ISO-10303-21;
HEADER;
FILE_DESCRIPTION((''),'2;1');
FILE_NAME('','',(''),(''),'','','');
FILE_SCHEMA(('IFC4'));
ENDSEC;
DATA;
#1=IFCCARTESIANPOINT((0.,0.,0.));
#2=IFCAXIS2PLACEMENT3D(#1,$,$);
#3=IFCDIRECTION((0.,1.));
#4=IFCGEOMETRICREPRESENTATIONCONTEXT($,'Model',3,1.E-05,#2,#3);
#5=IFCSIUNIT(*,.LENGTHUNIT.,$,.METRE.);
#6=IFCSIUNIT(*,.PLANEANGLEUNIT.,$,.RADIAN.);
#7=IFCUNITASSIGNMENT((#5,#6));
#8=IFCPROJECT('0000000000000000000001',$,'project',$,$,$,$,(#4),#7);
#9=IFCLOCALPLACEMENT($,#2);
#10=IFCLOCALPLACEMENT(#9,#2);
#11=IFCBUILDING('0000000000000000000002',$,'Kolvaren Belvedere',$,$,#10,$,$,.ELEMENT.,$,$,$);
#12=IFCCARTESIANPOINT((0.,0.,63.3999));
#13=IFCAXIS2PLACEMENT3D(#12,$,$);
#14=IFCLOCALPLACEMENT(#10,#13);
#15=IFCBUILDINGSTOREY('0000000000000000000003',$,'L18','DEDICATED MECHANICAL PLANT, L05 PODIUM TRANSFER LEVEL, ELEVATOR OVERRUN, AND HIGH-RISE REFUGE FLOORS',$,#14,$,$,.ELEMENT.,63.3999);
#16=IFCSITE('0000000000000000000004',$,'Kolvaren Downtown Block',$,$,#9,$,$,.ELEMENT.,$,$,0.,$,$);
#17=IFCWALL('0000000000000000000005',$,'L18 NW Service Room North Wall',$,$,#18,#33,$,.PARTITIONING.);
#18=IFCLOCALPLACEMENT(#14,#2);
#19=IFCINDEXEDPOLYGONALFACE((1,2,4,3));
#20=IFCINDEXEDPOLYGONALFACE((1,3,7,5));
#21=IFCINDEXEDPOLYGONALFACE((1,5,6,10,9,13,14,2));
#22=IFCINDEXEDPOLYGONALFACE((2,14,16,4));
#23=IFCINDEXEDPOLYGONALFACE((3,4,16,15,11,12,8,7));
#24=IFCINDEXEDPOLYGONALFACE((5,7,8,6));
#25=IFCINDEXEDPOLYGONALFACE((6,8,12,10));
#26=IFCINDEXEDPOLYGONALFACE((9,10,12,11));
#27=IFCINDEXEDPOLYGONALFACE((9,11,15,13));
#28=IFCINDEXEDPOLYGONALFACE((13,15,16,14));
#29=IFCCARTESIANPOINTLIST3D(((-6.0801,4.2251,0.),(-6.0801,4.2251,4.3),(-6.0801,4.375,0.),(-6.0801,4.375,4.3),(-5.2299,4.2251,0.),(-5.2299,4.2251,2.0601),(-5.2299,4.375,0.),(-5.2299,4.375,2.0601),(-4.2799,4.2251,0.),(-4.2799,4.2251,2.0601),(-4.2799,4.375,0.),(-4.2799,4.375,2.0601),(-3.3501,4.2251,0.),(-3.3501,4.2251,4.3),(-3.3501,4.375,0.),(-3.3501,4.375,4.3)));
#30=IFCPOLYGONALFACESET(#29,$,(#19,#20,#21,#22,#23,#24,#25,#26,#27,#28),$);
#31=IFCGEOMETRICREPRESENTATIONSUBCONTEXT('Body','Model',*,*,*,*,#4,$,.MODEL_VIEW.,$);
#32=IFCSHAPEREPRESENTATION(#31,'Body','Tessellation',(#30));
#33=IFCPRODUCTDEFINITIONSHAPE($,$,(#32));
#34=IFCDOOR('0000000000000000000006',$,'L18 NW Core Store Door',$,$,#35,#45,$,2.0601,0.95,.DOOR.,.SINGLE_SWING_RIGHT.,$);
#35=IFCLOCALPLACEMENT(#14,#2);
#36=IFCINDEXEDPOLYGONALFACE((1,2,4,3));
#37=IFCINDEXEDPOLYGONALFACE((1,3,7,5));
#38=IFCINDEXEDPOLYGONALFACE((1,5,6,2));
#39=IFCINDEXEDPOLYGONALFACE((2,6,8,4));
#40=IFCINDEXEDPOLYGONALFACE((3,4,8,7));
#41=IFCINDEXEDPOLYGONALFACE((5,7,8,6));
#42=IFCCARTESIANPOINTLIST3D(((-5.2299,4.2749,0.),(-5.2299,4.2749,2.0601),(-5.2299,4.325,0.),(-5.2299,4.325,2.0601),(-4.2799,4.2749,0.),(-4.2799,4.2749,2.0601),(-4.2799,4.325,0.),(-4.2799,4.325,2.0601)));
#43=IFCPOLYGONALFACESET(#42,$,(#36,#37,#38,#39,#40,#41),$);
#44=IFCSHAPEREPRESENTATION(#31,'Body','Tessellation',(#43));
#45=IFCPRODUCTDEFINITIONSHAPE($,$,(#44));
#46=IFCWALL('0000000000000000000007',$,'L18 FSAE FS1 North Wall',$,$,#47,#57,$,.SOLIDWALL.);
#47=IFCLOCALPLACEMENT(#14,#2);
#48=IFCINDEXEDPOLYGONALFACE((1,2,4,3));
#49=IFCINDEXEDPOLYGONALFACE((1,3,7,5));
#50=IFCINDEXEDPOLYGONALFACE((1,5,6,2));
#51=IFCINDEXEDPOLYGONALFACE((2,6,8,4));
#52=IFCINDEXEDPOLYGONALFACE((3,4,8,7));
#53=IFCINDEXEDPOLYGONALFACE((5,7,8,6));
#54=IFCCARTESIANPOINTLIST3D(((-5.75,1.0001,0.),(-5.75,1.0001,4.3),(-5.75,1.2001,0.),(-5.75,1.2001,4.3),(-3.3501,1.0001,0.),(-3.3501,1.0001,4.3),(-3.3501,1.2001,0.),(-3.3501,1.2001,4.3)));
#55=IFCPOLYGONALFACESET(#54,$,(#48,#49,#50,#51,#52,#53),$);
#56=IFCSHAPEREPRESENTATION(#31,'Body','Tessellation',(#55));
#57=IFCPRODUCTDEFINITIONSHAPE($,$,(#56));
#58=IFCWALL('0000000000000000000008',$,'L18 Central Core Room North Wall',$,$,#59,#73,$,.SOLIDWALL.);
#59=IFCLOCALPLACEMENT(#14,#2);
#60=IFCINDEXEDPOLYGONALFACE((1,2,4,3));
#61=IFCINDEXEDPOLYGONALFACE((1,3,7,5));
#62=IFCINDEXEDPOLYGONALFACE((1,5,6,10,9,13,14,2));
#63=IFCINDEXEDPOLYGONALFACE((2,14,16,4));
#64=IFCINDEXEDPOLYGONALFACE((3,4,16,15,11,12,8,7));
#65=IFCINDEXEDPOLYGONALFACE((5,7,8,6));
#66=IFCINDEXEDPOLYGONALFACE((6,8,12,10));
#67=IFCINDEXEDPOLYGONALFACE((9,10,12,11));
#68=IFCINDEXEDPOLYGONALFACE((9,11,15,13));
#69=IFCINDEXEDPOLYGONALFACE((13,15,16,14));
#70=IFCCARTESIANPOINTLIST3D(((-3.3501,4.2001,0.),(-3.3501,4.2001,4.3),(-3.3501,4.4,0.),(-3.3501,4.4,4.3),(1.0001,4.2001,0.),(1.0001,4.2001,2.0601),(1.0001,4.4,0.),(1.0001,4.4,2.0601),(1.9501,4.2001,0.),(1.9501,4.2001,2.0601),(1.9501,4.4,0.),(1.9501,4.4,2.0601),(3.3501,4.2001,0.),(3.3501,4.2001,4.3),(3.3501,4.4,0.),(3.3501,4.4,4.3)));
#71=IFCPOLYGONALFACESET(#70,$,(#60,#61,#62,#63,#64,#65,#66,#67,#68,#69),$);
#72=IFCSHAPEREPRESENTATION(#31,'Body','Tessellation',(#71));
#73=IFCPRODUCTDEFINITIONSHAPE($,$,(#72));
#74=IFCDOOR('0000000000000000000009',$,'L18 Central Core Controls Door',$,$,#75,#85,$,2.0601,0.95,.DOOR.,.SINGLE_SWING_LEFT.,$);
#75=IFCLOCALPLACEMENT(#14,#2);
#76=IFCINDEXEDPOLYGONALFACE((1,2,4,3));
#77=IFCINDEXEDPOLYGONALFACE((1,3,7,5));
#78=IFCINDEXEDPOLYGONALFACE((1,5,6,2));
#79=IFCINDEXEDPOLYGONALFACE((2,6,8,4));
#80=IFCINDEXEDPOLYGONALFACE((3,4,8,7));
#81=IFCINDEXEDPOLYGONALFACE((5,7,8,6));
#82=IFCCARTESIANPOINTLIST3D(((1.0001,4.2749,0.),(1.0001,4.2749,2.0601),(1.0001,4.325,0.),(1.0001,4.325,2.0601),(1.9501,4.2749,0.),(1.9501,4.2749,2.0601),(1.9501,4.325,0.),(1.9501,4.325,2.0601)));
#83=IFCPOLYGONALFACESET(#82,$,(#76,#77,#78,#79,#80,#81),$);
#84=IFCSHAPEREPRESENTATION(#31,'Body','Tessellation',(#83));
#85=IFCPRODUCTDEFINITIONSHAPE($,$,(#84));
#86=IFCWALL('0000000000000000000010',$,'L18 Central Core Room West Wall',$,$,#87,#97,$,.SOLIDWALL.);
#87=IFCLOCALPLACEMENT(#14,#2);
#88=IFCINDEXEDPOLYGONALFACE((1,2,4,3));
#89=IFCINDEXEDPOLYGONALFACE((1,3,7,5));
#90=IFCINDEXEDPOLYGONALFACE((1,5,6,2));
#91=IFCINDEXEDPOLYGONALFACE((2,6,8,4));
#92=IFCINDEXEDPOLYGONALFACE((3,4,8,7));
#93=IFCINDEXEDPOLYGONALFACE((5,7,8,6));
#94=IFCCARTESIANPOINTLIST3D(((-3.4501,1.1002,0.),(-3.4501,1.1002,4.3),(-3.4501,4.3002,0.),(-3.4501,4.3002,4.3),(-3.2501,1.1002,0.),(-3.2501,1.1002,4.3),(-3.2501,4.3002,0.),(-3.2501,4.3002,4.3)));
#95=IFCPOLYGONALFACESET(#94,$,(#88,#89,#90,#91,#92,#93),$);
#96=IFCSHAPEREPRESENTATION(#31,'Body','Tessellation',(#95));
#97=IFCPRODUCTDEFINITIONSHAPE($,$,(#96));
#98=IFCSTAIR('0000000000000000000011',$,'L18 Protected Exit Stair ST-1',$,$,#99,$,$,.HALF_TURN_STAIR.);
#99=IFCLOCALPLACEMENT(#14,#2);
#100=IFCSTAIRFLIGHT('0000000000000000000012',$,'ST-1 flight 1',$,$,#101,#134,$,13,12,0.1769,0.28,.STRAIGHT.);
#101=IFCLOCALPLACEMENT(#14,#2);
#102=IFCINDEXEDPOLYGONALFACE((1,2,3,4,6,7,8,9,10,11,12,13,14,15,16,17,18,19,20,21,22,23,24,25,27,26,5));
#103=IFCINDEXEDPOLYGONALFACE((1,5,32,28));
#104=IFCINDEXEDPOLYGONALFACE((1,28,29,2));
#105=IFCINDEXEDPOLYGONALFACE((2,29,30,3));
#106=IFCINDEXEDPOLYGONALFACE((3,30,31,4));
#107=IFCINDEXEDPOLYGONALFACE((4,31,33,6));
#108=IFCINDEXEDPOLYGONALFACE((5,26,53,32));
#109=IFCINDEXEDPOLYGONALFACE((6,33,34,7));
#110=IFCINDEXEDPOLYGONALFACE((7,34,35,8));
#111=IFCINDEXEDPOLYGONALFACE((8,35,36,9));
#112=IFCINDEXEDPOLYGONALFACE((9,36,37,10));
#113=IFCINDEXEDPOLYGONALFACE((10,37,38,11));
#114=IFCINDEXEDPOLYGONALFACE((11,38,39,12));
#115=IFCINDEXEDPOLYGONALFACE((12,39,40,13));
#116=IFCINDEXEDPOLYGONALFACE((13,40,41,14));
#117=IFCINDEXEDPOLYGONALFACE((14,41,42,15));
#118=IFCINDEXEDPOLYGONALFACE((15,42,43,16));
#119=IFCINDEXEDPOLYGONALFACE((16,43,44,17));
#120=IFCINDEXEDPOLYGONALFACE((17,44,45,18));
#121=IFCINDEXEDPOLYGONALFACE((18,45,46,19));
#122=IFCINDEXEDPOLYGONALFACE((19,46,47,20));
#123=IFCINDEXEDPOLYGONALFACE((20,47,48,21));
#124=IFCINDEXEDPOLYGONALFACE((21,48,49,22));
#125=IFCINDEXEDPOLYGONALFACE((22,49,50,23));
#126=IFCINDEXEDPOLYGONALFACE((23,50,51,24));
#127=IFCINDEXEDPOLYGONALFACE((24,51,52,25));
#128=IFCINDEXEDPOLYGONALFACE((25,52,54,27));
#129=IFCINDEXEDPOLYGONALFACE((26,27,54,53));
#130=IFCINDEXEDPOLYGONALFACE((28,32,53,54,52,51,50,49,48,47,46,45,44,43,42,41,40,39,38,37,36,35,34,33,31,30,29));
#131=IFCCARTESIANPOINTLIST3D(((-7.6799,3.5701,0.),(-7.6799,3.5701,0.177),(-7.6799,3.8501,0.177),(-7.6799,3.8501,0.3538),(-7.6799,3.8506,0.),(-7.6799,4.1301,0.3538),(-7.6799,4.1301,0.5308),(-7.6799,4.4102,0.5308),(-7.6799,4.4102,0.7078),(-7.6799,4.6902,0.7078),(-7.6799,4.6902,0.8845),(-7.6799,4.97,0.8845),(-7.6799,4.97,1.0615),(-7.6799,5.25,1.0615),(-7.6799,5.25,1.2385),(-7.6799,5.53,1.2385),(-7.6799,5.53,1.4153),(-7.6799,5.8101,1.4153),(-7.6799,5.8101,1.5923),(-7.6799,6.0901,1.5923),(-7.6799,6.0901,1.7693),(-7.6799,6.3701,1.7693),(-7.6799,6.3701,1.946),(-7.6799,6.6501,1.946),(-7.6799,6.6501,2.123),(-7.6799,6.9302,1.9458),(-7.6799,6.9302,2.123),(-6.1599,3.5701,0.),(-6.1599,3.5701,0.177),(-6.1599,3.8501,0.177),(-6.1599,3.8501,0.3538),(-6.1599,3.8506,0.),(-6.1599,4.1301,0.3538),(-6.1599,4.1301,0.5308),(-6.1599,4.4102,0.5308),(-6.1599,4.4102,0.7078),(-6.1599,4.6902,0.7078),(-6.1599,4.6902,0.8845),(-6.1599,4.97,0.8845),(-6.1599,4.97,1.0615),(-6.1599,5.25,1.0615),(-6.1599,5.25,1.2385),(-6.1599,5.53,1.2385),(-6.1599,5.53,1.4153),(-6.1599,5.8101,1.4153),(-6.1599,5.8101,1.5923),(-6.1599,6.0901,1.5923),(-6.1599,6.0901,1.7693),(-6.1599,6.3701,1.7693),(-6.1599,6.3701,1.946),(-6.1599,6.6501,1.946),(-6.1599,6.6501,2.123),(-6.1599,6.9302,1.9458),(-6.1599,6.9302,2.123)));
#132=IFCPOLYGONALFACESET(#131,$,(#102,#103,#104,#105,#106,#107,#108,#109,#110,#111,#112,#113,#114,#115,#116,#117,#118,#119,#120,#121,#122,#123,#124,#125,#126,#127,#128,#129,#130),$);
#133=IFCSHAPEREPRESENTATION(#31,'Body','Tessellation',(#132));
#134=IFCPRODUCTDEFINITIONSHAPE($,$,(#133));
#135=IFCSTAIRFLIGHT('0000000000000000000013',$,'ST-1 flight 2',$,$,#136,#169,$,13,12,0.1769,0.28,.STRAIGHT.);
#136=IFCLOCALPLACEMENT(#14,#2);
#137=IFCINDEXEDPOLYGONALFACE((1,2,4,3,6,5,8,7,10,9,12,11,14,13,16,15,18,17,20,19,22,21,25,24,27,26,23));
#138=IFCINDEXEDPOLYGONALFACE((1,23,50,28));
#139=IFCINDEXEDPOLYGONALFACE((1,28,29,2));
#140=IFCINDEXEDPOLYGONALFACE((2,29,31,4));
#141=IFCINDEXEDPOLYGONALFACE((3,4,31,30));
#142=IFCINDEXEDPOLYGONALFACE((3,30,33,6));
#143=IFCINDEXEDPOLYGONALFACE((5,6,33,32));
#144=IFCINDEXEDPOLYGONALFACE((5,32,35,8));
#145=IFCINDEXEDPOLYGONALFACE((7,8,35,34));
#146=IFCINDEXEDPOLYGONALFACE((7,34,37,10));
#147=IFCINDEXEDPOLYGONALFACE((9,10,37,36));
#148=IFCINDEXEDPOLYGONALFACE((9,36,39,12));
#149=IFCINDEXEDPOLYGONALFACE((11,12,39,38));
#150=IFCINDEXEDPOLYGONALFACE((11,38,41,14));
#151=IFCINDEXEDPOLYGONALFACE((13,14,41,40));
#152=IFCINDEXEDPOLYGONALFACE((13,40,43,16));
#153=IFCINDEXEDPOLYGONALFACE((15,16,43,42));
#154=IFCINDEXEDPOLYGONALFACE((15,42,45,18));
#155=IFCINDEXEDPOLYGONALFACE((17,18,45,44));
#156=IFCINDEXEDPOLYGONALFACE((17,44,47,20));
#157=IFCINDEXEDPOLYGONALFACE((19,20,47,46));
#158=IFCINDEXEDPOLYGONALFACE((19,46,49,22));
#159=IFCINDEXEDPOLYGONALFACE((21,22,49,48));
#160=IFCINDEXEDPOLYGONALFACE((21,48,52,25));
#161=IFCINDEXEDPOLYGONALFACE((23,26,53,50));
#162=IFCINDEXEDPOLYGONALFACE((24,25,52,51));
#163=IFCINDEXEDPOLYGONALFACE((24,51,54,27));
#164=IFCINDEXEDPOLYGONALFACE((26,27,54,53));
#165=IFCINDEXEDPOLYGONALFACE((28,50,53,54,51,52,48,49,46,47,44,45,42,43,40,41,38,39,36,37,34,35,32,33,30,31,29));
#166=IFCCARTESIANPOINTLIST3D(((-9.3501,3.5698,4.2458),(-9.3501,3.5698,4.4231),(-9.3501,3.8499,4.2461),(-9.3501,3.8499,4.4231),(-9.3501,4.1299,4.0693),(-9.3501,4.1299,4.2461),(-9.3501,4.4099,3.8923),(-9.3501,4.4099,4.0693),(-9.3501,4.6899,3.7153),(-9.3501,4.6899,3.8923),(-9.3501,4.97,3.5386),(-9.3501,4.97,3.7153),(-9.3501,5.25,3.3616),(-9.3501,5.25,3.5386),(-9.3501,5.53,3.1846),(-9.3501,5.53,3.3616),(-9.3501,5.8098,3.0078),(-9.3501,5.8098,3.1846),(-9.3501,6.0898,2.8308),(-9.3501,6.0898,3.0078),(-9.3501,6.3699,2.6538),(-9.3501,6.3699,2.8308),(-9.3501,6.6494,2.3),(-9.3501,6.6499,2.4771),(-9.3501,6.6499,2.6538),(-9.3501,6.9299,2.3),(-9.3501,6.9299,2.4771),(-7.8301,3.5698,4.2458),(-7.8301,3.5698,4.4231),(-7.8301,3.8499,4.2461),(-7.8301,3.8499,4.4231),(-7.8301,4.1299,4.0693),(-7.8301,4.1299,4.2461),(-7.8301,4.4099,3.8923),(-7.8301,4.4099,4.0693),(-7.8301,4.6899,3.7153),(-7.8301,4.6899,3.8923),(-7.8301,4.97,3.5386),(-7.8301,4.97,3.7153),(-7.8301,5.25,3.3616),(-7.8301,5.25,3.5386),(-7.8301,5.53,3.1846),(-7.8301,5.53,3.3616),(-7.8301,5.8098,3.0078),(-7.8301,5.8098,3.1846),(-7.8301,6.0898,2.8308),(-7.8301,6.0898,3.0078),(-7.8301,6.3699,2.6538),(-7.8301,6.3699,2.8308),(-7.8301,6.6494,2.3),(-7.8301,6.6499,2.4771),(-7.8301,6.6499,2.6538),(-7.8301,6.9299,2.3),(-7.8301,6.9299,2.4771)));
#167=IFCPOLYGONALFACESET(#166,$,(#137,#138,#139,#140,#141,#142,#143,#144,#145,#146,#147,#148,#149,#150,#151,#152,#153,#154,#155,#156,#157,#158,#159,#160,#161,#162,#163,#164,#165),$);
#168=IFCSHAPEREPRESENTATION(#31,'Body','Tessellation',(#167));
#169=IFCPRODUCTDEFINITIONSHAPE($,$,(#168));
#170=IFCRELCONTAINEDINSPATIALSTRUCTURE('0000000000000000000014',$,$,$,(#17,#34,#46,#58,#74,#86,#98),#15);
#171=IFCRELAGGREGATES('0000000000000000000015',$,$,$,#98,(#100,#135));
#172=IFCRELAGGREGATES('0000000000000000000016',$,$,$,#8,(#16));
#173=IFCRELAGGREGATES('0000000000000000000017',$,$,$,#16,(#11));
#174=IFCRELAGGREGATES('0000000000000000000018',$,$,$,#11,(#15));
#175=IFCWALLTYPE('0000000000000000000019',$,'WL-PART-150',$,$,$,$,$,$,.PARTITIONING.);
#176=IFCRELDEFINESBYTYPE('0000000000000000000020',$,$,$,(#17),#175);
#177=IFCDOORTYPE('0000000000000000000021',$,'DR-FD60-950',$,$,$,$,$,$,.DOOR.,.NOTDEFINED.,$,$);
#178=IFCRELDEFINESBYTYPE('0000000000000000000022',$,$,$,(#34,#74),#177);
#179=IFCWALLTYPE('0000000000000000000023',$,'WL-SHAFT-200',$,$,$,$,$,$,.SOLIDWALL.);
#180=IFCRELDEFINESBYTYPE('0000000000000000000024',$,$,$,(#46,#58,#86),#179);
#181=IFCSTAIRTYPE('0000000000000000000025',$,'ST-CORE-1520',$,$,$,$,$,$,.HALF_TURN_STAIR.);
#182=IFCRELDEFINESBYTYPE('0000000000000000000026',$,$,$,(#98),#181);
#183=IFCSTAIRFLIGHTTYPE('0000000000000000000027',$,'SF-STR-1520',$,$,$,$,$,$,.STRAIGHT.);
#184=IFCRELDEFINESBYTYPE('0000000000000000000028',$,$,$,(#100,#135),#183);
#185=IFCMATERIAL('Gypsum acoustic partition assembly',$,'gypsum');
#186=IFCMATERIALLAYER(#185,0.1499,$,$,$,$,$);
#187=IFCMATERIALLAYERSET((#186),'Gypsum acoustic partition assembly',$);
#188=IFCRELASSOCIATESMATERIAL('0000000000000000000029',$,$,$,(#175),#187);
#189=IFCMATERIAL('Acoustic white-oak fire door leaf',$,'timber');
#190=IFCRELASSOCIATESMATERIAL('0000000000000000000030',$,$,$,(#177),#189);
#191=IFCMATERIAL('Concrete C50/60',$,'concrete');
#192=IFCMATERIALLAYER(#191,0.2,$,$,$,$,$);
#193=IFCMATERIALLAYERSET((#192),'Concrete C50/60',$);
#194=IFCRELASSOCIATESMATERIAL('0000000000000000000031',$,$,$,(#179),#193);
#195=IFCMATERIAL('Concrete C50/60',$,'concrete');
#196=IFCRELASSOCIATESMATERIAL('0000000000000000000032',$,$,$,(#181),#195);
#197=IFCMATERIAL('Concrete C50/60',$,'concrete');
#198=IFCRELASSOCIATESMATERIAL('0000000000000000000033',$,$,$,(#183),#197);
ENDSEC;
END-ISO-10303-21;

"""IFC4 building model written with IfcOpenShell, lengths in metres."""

from ifc_helpers import new_model, si_unit, direction, frame, frame_2d, origin, place, context, subcontext, project, spatial, polyline, rectangle, outline, extrude, material, layer, layer_set, type_object, element, fill, aggregate, save


model = new_model("IFC4")

# Units and contexts
model_context = context("Model", 3, precision=1e-05, world=origin(), true_north=direction((0.0, 1.0)))
body_context = subcontext(model_context, "Body", "Model", "MODEL_VIEW")
ifc_project = project(units=[si_unit("LENGTHUNIT", "METRE"), si_unit("PLANEANGLEUNIT", "RADIAN")], contexts=[model_context])

# Site, building, storey
site_placement = place(None, origin())
site = spatial("IfcSite", under=ifc_project, at=site_placement, Name="Kolvaren Downtown Block", CompositionType="ELEMENT", RefElevation=0.0)
building_placement = place(site_placement, origin())
building = spatial("IfcBuilding", under=site, at=building_placement, Name="Kolvaren Belvedere", CompositionType="ELEMENT")
storey_placement = place(building_placement, frame((0.0, 0.0, 63.3999)))
storey = spatial("IfcBuildingStorey", under=building, at=storey_placement, Name="L18", Description="DEDICATED MECHANICAL PLANT, L05 PODIUM TRANSFER LEVEL, ELEVATOR OVERRUN, AND HIGH-RISE REFUGE FLOORS", CompositionType="ELEMENT", Elevation=63.3999)

# Wall, opening, door
ifc_material_1 = material(Name="Gypsum acoustic partition assembly", Category="gypsum")
ifc_layer_1 = layer(ifc_material_1, 0.1499)
ifc_layer_set_1 = layer_set([ifc_layer_1], Name="Gypsum acoustic partition assembly")
wall_type_1 = type_object("IfcWallType", Name="WL-PART-150", PredefinedType="PARTITIONING", material=ifc_layer_set_1)
wall_1_placement = place(storey_placement, frame((-6.0801, 4.3, 0.0), z_axis=(0.0, 0.0, 1.0), x_axis=(1.0, 0.0, 0.0)))
wall_1 = element("IfcWall", 1, at=wall_1_placement, inside=storey, type_object=wall_type_1, Name="L18 NW Service Room North Wall", PredefinedType="PARTITIONING", context=body_context, shape_type="SweptSolid", body=[
    extrude(rectangle(XDim=2.73, YDim=0.1499, at=frame_2d((1.365, 0.0))), origin(), (0.0, 0.0, 1.0), 4.3),
])
opening_1_placement = place(wall_1_placement, frame((0.8501, 0.0, 0.0)))
opening_1 = element("IfcOpeningElement", 2, at=opening_1_placement, cuts=wall_1, PredefinedType="OPENING", context=body_context, shape_type="SweptSolid", body=[
    extrude(rectangle(XDim=0.95, YDim=2.0601, at=frame_2d((0.4751, 1.03))), frame((0.0, 0.085, 0.0), z_axis=(0.0, -1.0, 0.0), x_axis=(1.0, 0.0, 0.0)), (0.0, 0.0, 1.0), 0.1699),
])
ifc_material_2 = material(Name="Acoustic white-oak fire door leaf", Category="timber")
door_type_1 = type_object("IfcDoorType", Name="DR-FD60-950", OperationType="NOTDEFINED", PredefinedType="DOOR", material=ifc_material_2)
door_1_placement = place(opening_1_placement, origin())
door_1 = element("IfcDoor", 3, at=door_1_placement, inside=storey, type_object=door_type_1, Name="L18 NW Core Store Door", OperationType="SINGLE_SWING_RIGHT", OverallHeight=2.0601, OverallWidth=0.95, PredefinedType="DOOR", context=body_context, shape_type="SweptSolid", body=[
    extrude(rectangle(XDim=0.95, YDim=2.0601, at=frame_2d((0.4751, 1.03))), frame((0.0, 0.0249, 0.0), z_axis=(0.0, -1.0, 0.0), x_axis=(1.0, 0.0, 0.0)), (0.0, 0.0, 1.0), 0.05),
])
fill(opening_1, door_1)

# Wall
ifc_material_3 = material(Name="Concrete C50/60", Category="concrete")
ifc_layer_2 = layer(ifc_material_3, 0.2)
ifc_layer_set_2 = layer_set([ifc_layer_2], Name="Concrete C50/60")
wall_type_2 = type_object("IfcWallType", Name="WL-SHAFT-200", PredefinedType="SOLIDWALL", material=ifc_layer_set_2)
wall_2_placement = place(storey_placement, frame((-5.75, 1.1001, 0.0), z_axis=(0.0, 0.0, 1.0), x_axis=(1.0, 0.0, 0.0)))
element("IfcWall", 4, at=wall_2_placement, inside=storey, type_object=wall_type_2, Name="L18 FSAE FS1 North Wall", PredefinedType="SOLIDWALL", context=body_context, shape_type="SweptSolid", body=[
    extrude(rectangle(XDim=2.3999, YDim=0.2, at=frame_2d((1.2, 0.0))), origin(), (0.0, 0.0, 1.0), 4.3),
])

# Wall, opening, door
wall_3_placement = place(storey_placement, frame((-3.3501, 4.3, 0.0), z_axis=(0.0, 0.0, 1.0), x_axis=(1.0, 0.0, 0.0)))
wall_3 = element("IfcWall", 5, at=wall_3_placement, inside=storey, type_object=wall_type_2, Name="L18 Central Core Room North Wall", PredefinedType="SOLIDWALL", context=body_context, shape_type="SweptSolid", body=[
    extrude(rectangle(XDim=6.7002, YDim=0.2, at=frame_2d((3.3501, 0.0))), origin(), (0.0, 0.0, 1.0), 4.3),
])
opening_2_placement = place(wall_3_placement, frame((4.3501, 0.0, 0.0)))
opening_2 = element("IfcOpeningElement", 6, at=opening_2_placement, cuts=wall_3, PredefinedType="OPENING", context=body_context, shape_type="SweptSolid", body=[
    extrude(rectangle(XDim=0.95, YDim=2.0601, at=frame_2d((0.4751, 1.03))), frame((0.0, 0.1099, 0.0), z_axis=(0.0, -1.0, 0.0), x_axis=(1.0, 0.0, 0.0)), (0.0, 0.0, 1.0), 0.22),
])
door_2_placement = place(opening_2_placement, origin())
door_2 = element("IfcDoor", 7, at=door_2_placement, inside=storey, type_object=door_type_1, Name="L18 Central Core Controls Door", OperationType="SINGLE_SWING_LEFT", OverallHeight=2.0601, OverallWidth=0.95, PredefinedType="DOOR", context=body_context, shape_type="SweptSolid", body=[
    extrude(rectangle(XDim=0.95, YDim=2.0601, at=frame_2d((0.4751, 1.03))), frame((0.0, 0.0249, 0.0), z_axis=(0.0, -1.0, 0.0), x_axis=(1.0, 0.0, 0.0)), (0.0, 0.0, 1.0), 0.05),
])
fill(opening_2, door_2)

# Wall
wall_4_placement = place(storey_placement, frame((-3.3501, 1.1001, 0.0), z_axis=(0.0, 0.0, 1.0), x_axis=(0.0, 1.0, 0.0)))
element("IfcWall", 8, at=wall_4_placement, inside=storey, type_object=wall_type_2, Name="L18 Central Core Room West Wall", PredefinedType="SOLIDWALL", context=body_context, shape_type="SweptSolid", body=[
    extrude(rectangle(XDim=3.2, YDim=0.2, at=frame_2d((1.6001, 0.0))), origin(), (0.0, 0.0, 1.0), 4.3),
])

# Stair, stair flights
ifc_material_4 = material(Name="Concrete C50/60", Category="concrete")
stair_type = type_object("IfcStairType", Name="ST-CORE-1520", PredefinedType="HALF_TURN_STAIR", material=ifc_material_4)
stair_placement = place(storey_placement, origin())
stair = element("IfcStair", 9, at=stair_placement, inside=storey, type_object=stair_type, Name="L18 Protected Exit Stair ST-1", PredefinedType="HALF_TURN_STAIR")
ifc_material_5 = material(Name="Concrete C50/60", Category="concrete")
stair_flight_type = type_object("IfcStairFlightType", Name="SF-STR-1520", PredefinedType="STRAIGHT", material=ifc_material_5)
stair_flight_1_placement = place(storey_placement, frame((-6.9199, 3.5701, 0.0), z_axis=(0.0, 0.0, 1.0), x_axis=(0.0, 1.0, 0.0)))
stair_flight_1 = element("IfcStairFlight", 10, at=stair_flight_1_placement, type_object=stair_flight_type, Name="ST-1 flight 1", NumberOfRisers=13, NumberOfTreads=12, PredefinedType="STRAIGHT", RiserHeight=0.1769, TreadLength=0.28, context=body_context, shape_type="SweptSolid", body=[
    extrude(outline(polyline([(0.0, 0.0), (0.0, 0.177), (0.28, 0.177), (0.28, 0.3538), (0.5601, 0.3538), (0.5601, 0.5308), (0.8401, 0.5308), (0.8401, 0.7078), (1.1201, 0.7078), (1.1201, 0.8845), (1.3999, 0.8845), (1.3999, 1.0615), (1.6799, 1.0615), (1.6799, 1.2385), (1.96, 1.2385), (1.96, 1.4153), (2.24, 1.4153), (2.24, 1.5923), (2.52, 1.5923), (2.52, 1.7693), (2.8, 1.7693), (2.8, 1.946), (3.0801, 1.946), (3.0801, 2.123), (3.3601, 2.123), (3.3601, 2.3), (3.3601, 1.9458), (0.2805, 0.0), (0.0, 0.0)])), frame((0.0, 0.76, 0.0), z_axis=(0.0, -1.0, 0.0), x_axis=(1.0, 0.0, 0.0)), (0.0, 0.0, 1.0), 1.52),
])
stair_flight_2_placement = place(storey_placement, frame((-8.5901, 6.9299, 2.3), z_axis=(0.0, 0.0, 1.0), x_axis=(0.0, -1.0, 0.0)))
stair_flight_2 = element("IfcStairFlight", 11, at=stair_flight_2_placement, type_object=stair_flight_type, Name="ST-1 flight 2", NumberOfRisers=13, NumberOfTreads=12, PredefinedType="STRAIGHT", RiserHeight=0.1769, TreadLength=0.28, context=body_context, shape_type="SweptSolid", body=[
    extrude(outline(polyline([(0.0, 0.0), (0.0, 0.177), (0.28, 0.177), (0.28, 0.3538), (0.5601, 0.3538), (0.5601, 0.5308), (0.8401, 0.5308), (0.8401, 0.7078), (1.1201, 0.7078), (1.1201, 0.8845), (1.3999, 0.8845), (1.3999, 1.0615), (1.6799, 1.0615), (1.6799, 1.2385), (1.96, 1.2385), (1.96, 1.4153), (2.24, 1.4153), (2.24, 1.5923), (2.52, 1.5923), (2.52, 1.7693), (2.8, 1.7693), (2.8, 1.946), (3.0801, 1.946), (3.0801, 2.123), (3.3601, 2.123), (3.3601, 2.3), (3.3601, 1.9458), (0.2805, 0.0), (0.0, 0.0)])), frame((0.0, 0.76, 0.0), z_axis=(0.0, -1.0, 0.0), x_axis=(1.0, 0.0, 0.0)), (0.0, 0.0, 1.0), 1.52),
])
aggregate(stair, [stair_flight_1, stair_flight_2])

save(model, "model.ifc")
